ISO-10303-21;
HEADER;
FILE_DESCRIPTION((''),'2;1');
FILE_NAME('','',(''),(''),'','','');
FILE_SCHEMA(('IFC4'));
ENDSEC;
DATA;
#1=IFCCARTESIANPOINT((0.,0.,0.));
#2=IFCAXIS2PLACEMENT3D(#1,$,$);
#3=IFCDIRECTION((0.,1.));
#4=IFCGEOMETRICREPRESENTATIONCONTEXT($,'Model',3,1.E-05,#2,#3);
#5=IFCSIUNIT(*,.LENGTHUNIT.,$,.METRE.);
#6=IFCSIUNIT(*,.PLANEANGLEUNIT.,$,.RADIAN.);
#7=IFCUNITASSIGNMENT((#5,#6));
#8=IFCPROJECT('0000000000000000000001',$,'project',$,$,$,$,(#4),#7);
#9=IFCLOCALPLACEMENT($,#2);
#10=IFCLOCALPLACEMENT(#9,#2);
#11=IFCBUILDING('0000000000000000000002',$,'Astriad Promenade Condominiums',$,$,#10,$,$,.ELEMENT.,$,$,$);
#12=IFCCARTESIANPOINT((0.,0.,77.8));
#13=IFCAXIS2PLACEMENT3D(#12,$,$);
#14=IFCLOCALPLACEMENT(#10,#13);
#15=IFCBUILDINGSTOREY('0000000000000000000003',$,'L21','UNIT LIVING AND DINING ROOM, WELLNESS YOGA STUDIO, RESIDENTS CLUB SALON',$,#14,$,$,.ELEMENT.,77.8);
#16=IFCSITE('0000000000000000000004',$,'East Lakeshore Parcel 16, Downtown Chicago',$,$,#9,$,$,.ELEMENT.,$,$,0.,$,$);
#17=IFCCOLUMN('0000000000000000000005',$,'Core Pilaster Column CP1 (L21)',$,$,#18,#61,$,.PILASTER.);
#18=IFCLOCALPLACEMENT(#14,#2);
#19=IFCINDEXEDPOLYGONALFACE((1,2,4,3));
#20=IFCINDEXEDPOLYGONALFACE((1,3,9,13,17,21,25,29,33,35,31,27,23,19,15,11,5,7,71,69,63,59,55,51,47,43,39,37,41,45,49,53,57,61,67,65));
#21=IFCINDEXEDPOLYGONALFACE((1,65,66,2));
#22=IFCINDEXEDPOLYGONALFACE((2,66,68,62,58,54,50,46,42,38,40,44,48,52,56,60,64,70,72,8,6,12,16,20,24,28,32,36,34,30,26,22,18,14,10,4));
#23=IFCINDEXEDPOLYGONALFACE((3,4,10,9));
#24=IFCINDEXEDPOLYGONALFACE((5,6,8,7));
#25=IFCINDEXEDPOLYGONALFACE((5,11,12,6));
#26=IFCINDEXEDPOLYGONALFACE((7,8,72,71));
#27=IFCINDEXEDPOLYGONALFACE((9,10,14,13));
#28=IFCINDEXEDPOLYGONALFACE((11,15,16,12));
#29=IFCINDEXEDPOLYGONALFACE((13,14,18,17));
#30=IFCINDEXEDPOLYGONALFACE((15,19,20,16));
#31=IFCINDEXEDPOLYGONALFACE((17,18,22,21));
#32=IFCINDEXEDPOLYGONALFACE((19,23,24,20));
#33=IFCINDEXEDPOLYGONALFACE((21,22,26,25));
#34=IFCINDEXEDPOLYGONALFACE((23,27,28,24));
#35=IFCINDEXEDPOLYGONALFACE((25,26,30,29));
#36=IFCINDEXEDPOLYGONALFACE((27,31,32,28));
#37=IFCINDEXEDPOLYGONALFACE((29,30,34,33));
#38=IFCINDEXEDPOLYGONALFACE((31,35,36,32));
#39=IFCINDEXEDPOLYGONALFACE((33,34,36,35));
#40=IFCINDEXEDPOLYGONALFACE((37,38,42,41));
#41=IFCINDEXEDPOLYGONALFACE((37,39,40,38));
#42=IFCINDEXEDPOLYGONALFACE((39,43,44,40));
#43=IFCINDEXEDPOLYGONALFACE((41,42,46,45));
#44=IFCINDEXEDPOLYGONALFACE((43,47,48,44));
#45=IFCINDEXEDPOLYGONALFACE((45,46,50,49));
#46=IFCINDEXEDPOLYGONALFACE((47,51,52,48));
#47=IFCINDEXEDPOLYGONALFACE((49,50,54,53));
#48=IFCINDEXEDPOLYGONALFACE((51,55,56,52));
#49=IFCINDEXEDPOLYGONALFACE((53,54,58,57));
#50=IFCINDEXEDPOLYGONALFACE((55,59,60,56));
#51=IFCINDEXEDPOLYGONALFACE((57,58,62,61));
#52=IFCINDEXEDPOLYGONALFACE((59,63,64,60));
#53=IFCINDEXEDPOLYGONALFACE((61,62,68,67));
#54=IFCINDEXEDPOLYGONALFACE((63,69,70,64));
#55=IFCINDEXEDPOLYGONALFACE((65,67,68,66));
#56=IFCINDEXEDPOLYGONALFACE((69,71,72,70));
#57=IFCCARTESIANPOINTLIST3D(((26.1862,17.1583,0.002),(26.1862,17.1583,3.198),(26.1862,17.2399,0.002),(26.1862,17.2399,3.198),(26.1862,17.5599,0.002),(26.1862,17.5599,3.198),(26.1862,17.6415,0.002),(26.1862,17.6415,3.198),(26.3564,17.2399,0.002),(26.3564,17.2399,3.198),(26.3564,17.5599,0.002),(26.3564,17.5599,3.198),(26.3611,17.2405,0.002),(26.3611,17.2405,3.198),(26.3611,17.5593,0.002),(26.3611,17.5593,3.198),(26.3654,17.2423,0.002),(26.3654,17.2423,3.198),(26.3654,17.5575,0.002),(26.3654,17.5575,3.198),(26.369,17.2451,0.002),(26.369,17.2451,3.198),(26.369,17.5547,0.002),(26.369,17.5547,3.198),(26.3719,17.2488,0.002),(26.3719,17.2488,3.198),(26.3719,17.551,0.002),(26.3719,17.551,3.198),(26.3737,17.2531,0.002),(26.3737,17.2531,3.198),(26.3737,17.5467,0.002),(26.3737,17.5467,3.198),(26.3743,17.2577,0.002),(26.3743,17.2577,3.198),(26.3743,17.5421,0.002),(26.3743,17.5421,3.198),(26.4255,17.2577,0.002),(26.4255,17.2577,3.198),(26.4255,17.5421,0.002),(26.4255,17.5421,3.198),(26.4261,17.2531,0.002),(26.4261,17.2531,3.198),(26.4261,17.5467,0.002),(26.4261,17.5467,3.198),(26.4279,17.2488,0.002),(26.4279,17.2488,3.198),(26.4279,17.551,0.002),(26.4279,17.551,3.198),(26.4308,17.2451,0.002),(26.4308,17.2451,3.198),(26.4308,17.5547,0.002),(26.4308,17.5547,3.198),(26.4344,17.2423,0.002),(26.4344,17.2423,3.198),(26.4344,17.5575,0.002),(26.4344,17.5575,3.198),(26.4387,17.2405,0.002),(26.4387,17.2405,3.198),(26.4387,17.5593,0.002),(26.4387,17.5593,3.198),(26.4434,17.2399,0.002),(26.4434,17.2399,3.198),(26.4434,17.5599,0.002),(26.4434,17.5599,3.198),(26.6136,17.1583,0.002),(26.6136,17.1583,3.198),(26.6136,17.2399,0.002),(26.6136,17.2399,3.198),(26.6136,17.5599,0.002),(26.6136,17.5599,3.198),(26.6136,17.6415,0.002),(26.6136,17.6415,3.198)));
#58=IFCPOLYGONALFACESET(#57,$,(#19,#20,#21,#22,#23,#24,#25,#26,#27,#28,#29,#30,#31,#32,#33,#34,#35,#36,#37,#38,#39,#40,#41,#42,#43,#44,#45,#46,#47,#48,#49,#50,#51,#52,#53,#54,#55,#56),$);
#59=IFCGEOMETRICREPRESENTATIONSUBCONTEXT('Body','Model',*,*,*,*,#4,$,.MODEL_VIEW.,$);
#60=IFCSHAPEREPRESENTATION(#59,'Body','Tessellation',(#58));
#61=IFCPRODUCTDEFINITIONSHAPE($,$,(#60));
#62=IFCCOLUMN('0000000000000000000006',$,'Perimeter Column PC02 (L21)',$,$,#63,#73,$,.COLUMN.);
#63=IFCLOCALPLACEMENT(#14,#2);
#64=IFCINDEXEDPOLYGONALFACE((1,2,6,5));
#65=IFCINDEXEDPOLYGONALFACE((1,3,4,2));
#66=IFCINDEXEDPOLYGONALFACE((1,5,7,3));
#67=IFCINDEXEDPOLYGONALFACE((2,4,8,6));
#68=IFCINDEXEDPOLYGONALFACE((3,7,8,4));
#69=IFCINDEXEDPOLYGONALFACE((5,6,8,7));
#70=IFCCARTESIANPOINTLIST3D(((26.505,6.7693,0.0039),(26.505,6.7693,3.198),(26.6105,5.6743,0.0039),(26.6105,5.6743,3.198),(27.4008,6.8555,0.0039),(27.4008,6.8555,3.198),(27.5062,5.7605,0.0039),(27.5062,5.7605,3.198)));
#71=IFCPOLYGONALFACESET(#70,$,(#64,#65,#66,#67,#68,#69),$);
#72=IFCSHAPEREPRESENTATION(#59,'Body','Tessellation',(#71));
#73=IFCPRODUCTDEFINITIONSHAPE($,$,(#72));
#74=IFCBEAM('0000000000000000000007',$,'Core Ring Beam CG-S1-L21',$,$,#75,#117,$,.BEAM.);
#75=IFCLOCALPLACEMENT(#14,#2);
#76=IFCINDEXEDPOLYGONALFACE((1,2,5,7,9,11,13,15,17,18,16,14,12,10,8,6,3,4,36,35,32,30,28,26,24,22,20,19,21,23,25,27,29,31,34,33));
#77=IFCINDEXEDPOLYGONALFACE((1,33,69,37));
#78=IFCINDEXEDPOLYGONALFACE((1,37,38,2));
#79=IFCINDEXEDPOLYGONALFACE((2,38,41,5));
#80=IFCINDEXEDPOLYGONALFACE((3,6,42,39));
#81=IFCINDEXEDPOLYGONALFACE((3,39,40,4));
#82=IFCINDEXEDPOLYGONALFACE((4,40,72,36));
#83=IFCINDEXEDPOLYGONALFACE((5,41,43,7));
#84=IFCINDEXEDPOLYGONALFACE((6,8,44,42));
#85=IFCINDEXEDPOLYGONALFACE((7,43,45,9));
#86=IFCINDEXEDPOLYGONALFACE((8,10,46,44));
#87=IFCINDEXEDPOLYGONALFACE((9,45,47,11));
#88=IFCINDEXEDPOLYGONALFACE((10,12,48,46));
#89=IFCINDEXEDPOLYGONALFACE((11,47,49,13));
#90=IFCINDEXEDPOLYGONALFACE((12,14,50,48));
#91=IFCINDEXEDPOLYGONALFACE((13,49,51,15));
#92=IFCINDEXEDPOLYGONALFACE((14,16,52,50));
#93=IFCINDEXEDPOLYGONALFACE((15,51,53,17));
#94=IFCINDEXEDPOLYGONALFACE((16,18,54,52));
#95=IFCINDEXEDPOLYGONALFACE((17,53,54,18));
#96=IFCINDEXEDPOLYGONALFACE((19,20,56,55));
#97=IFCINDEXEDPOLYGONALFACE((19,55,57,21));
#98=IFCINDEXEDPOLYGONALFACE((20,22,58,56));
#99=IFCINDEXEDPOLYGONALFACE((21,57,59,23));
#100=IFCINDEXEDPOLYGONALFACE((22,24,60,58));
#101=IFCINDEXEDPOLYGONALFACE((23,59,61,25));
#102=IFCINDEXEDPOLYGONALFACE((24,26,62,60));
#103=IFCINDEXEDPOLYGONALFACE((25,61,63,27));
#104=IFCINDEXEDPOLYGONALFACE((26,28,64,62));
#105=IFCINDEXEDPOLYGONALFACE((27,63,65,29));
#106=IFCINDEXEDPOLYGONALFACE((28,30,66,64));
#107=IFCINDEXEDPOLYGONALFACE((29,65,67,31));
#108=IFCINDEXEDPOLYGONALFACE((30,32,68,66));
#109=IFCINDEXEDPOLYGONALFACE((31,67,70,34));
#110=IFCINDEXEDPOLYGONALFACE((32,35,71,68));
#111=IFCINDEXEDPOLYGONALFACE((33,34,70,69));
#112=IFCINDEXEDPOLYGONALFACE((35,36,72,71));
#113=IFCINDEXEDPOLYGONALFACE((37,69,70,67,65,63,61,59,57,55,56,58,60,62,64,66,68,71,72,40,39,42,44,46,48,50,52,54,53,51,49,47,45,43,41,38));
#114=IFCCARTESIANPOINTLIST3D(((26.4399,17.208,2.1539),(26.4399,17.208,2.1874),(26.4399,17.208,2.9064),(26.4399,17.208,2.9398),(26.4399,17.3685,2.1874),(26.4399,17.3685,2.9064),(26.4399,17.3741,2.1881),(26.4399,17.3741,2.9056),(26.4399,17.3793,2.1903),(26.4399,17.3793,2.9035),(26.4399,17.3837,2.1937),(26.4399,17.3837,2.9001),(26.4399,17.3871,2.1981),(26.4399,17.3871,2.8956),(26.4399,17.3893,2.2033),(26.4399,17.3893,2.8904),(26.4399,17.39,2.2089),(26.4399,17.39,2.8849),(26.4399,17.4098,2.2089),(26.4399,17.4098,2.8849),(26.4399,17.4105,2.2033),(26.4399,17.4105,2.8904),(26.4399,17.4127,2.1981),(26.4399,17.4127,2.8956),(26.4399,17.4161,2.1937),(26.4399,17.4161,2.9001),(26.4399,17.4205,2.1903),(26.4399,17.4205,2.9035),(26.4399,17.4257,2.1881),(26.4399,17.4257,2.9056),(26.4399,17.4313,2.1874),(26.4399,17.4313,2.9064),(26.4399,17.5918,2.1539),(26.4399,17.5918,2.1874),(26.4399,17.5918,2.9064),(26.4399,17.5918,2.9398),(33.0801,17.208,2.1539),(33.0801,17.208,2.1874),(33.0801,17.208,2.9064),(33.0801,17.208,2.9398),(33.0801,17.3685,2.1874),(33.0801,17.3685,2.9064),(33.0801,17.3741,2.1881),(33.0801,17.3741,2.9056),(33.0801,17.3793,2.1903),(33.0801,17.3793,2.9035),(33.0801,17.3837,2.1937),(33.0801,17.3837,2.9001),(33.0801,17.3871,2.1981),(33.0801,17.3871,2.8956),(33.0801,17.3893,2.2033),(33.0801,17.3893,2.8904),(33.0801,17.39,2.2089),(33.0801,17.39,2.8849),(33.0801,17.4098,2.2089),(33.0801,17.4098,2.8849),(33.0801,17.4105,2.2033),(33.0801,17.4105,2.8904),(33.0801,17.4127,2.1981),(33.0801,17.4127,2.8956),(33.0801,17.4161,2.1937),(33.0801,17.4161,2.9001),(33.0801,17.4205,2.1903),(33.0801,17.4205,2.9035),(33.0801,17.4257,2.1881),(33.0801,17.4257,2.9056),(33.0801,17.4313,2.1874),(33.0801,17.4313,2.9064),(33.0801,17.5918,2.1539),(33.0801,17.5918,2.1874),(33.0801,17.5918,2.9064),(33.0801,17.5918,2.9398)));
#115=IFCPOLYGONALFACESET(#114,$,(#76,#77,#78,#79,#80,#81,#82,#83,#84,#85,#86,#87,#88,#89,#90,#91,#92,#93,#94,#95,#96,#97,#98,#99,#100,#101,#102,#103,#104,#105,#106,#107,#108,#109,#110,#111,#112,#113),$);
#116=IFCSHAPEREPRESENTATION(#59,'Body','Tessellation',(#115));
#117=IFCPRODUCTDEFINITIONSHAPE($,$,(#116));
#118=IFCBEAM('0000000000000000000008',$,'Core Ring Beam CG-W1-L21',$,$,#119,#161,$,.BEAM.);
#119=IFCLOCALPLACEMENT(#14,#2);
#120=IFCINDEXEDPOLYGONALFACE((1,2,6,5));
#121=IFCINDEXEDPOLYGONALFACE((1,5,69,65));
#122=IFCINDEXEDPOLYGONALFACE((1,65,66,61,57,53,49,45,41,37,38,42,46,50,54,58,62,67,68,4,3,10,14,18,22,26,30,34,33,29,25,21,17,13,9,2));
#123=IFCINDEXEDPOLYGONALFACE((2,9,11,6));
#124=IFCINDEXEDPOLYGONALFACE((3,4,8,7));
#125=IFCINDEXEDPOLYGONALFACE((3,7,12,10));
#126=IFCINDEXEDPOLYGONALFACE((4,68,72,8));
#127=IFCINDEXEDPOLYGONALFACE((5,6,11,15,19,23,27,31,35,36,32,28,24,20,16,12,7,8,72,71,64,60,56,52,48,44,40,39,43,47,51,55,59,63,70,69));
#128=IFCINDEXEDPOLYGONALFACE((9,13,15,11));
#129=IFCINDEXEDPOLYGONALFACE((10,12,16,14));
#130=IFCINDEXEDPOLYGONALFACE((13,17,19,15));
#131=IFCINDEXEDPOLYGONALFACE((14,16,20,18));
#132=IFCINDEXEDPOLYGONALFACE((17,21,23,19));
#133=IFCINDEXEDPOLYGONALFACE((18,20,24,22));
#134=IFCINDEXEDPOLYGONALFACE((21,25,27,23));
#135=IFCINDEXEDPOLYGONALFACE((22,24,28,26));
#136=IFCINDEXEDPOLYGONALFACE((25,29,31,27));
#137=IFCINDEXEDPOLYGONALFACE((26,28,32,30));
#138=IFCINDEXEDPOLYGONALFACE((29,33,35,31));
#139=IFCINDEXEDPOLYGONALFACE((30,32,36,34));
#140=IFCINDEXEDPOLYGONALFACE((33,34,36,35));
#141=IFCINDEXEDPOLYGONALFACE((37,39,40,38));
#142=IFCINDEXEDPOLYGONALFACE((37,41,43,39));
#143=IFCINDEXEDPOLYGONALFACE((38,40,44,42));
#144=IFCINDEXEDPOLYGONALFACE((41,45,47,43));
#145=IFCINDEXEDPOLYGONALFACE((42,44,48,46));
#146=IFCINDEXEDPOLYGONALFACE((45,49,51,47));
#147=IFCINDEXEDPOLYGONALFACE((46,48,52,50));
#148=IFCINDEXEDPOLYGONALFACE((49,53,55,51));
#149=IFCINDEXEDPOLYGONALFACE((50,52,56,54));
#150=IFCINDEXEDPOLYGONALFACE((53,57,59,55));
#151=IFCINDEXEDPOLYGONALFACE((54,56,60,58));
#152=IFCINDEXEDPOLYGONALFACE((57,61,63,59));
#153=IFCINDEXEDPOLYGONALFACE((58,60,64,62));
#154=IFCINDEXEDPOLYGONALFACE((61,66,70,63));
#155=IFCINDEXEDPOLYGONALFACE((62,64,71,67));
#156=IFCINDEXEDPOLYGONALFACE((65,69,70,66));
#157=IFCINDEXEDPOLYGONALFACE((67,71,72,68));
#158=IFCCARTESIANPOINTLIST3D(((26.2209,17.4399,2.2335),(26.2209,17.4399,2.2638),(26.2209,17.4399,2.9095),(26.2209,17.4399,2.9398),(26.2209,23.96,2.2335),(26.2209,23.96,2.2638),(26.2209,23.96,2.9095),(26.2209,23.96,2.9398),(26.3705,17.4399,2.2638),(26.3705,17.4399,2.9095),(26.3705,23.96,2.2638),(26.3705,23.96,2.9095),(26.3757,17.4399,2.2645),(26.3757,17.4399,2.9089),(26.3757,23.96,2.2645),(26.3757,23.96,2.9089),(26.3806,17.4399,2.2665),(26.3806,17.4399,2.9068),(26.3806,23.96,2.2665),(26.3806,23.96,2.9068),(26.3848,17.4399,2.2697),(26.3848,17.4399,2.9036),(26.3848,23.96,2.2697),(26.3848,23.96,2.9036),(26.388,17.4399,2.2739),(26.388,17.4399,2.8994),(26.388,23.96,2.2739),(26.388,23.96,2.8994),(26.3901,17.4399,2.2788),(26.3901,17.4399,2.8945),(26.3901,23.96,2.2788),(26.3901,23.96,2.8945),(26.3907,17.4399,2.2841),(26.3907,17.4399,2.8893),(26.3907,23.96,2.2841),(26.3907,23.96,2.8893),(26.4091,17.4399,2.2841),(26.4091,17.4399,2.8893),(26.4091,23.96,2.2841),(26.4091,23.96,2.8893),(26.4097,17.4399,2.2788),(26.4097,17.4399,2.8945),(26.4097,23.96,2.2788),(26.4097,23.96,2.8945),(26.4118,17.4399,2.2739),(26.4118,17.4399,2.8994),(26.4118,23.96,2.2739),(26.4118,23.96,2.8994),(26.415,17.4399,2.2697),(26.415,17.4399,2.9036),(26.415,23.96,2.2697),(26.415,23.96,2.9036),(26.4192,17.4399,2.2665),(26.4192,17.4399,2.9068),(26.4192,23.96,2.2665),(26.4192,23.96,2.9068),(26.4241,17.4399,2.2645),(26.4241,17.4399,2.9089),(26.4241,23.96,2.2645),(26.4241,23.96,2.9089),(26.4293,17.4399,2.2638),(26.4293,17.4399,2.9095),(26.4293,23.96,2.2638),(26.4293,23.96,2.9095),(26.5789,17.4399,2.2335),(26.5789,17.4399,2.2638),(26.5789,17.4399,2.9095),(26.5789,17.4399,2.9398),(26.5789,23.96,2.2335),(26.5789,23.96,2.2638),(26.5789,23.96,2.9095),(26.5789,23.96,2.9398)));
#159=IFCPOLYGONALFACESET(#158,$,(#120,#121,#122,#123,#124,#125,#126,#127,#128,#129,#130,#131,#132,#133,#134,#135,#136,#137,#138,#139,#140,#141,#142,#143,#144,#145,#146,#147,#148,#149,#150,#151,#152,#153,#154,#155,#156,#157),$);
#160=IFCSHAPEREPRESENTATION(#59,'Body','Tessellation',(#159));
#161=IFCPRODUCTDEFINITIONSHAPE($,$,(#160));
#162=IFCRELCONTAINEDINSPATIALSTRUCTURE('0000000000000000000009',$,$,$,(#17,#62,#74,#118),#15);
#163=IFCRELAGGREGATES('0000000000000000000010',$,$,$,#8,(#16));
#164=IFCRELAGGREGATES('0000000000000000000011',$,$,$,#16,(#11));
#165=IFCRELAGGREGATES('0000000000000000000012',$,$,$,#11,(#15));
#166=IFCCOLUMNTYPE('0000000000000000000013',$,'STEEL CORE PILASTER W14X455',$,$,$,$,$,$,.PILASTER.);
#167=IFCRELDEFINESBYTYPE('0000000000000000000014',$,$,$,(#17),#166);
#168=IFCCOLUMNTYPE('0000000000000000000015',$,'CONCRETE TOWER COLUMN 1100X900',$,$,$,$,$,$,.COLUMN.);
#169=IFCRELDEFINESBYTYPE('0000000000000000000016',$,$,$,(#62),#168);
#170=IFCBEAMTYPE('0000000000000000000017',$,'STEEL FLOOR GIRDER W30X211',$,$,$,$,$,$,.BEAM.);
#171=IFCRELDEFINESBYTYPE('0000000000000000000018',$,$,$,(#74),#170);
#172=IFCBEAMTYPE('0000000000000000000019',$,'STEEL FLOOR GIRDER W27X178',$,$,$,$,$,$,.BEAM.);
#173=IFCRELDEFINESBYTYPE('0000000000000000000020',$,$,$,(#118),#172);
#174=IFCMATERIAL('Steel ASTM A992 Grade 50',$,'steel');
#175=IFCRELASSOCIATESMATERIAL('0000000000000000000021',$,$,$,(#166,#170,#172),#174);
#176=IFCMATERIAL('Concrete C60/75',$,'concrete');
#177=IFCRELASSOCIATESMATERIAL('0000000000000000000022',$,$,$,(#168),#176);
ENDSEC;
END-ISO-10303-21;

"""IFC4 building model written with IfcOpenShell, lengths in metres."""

from ifc_helpers import new_model, si_unit, direction, frame, origin, origin_2d, place, context, subcontext, project, spatial, rectangle, i_section, extrude, source, transform, mapped, material, material_profile, profile_set, type_object, type_shapes, element, save


model = new_model("IFC4")

# Units and contexts
model_context = context("Model", 3, precision=1e-05, world=origin(), true_north=direction((0.0, 1.0)))
body_context = subcontext(model_context, "Body", "Model", "MODEL_VIEW")
ifc_project = project(units=[si_unit("LENGTHUNIT", "METRE"), si_unit("PLANEANGLEUNIT", "RADIAN")], contexts=[model_context])

# Site, building, storey
site_placement = place(None, origin())
site = spatial("IfcSite", under=ifc_project, at=site_placement, Name="East Lakeshore Parcel 16, Downtown Chicago", CompositionType="ELEMENT", RefElevation=0.0)
building_placement = place(site_placement, origin())
building = spatial("IfcBuilding", under=site, at=building_placement, Name="Astriad Promenade Condominiums", CompositionType="ELEMENT")
storey_placement = place(building_placement, frame((0.0, 0.0, 77.8)))
storey = spatial("IfcBuildingStorey", under=building, at=storey_placement, Name="L21", Description="UNIT LIVING AND DINING ROOM, WELLNESS YOGA STUDIO, RESIDENTS CLUB SALON", CompositionType="ELEMENT", Elevation=77.8)

# Columns
ifc_material_1 = material(Name="Steel ASTM A992 Grade 50", Category="steel")
ifc_material_profile_1 = material_profile(ifc_material_1, i_section(OverallWidth=0.4275, OverallDepth=0.4832, WebThickness=0.0513, FlangeThickness=0.0815, FilletRadius=0.0178, at=origin_2d()), Name="W14X455")
ifc_profile_set_1 = profile_set([ifc_material_profile_1], Name="Steel ASTM A992 Grade 50")
column_type_1 = type_object("IfcColumnType", Name="STEEL CORE PILASTER W14X455", PredefinedType="PILASTER", material=ifc_profile_set_1)
shared_shape_1 = source(origin(), body_context, "Body", "SweptSolid", [
    extrude(i_section(OverallWidth=0.4275, OverallDepth=0.4832, WebThickness=0.0513, FlangeThickness=0.0815, FilletRadius=0.0178, at=origin_2d()), origin(), (0.0, 0.0, 1.0), 3.196),
])
type_shapes(column_type_1, [shared_shape_1])
column_1_placement = place(storey_placement, frame((26.3999, 17.3999, 0.002), z_axis=(0.0, 0.0, 1.0), x_axis=(1.0, 0.0, 0.0)))
element("IfcColumn", 1, at=column_1_placement, inside=storey, type_object=column_type_1, Name="Core Pilaster Column CP1 (L21)", PredefinedType="PILASTER", context=body_context, shape_type="MappedRepresentation", body=[
    mapped(shared_shape_1, transform((0.0, 0.0, 0.0), scale=1.0)),
])
ifc_material_2 = material(Name="Concrete C60/75", Category="concrete")
ifc_material_profile_2 = material_profile(ifc_material_2, rectangle(XDim=0.8999, YDim=1.1001, at=origin_2d()), Name="RC-COL-1100X900")
ifc_profile_set_2 = profile_set([ifc_material_profile_2], Name="Concrete C60/75")
column_type_2 = type_object("IfcColumnType", Name="CONCRETE TOWER COLUMN 1100X900", PredefinedType="COLUMN", material=ifc_profile_set_2)
shared_shape_2 = source(origin(), body_context, "Body", "SweptSolid", [
    extrude(rectangle(XDim=0.8999, YDim=1.1001, at=origin_2d()), origin(), (0.0, 0.0, 1.0), 3.1941),
])
type_shapes(column_type_2, [shared_shape_2])
column_2_placement = place(storey_placement, frame((27.0056, 6.2649, 0.0039), z_axis=(0.0, 0.0, 1.0), x_axis=(0.995396, 0.095846, 0.0)))
element("IfcColumn", 2, at=column_2_placement, inside=storey, type_object=column_type_2, Name="Perimeter Column PC02 (L21)", PredefinedType="COLUMN", context=body_context, shape_type="MappedRepresentation", body=[
    mapped(shared_shape_2, transform((0.0, 0.0, 0.0), scale=1.0)),
])

# Beams
ifc_material_profile_3 = material_profile(ifc_material_1, i_section(OverallWidth=0.3838, OverallDepth=0.7859, WebThickness=0.0198, FlangeThickness=0.0334, FilletRadius=0.0215, at=origin_2d()), Name="W30X211")
ifc_profile_set_3 = profile_set([ifc_material_profile_3], Name="Steel ASTM A992 Grade 50")
beam_type_1 = type_object("IfcBeamType", Name="STEEL FLOOR GIRDER W30X211", PredefinedType="BEAM", material=ifc_profile_set_3)
shared_shape_3 = source(origin(), body_context, "Body", "SweptSolid", [
    extrude(i_section(OverallWidth=0.3838, OverallDepth=0.7859, WebThickness=0.0198, FlangeThickness=0.0334, FilletRadius=0.0215, at=origin_2d()), origin(), (0.0, 0.0, 1.0), 6.6401),
])
type_shapes(beam_type_1, [shared_shape_3])
beam_1_placement = place(storey_placement, frame((26.4399, 17.3999, 2.5469), z_axis=(1.0, 0.0, 0.0), x_axis=(0.0, 1.0, 0.0)))
element("IfcBeam", 3, at=beam_1_placement, inside=storey, type_object=beam_type_1, Name="Core Ring Beam CG-S1-L21", PredefinedType="BEAM", context=body_context, shape_type="MappedRepresentation", body=[
    mapped(shared_shape_3, transform((0.0, 0.0, 0.0), scale=1.0)),
])
ifc_material_profile_4 = material_profile(ifc_material_1, i_section(OverallWidth=0.3579, OverallDepth=0.7063, WebThickness=0.0183, FlangeThickness=0.0303, FilletRadius=0.0203, at=origin_2d()), Name="W27X178")
ifc_profile_set_4 = profile_set([ifc_material_profile_4], Name="Steel ASTM A992 Grade 50")
beam_type_2 = type_object("IfcBeamType", Name="STEEL FLOOR GIRDER W27X178", PredefinedType="BEAM", material=ifc_profile_set_4)
shared_shape_4 = source(origin(), body_context, "Body", "SweptSolid", [
    extrude(i_section(OverallWidth=0.3579, OverallDepth=0.7063, WebThickness=0.0183, FlangeThickness=0.0303, FilletRadius=0.0203, at=origin_2d()), origin(), (0.0, 0.0, 1.0), 6.52),
])
beam_2_placement = place(storey_placement, frame((26.3999, 17.4399, 2.5867), z_axis=(0.0, 1.0, 0.0), x_axis=(-1.0, 0.0, 0.0)))
element("IfcBeam", 4, at=beam_2_placement, inside=storey, type_object=beam_type_2, Name="Core Ring Beam CG-W1-L21", PredefinedType="BEAM", context=body_context, shape_type="MappedRepresentation", body=[
    mapped(shared_shape_4, transform((0.0, 0.0, 0.0), scale=1.0)),
])

save(model, "model.ifc")
